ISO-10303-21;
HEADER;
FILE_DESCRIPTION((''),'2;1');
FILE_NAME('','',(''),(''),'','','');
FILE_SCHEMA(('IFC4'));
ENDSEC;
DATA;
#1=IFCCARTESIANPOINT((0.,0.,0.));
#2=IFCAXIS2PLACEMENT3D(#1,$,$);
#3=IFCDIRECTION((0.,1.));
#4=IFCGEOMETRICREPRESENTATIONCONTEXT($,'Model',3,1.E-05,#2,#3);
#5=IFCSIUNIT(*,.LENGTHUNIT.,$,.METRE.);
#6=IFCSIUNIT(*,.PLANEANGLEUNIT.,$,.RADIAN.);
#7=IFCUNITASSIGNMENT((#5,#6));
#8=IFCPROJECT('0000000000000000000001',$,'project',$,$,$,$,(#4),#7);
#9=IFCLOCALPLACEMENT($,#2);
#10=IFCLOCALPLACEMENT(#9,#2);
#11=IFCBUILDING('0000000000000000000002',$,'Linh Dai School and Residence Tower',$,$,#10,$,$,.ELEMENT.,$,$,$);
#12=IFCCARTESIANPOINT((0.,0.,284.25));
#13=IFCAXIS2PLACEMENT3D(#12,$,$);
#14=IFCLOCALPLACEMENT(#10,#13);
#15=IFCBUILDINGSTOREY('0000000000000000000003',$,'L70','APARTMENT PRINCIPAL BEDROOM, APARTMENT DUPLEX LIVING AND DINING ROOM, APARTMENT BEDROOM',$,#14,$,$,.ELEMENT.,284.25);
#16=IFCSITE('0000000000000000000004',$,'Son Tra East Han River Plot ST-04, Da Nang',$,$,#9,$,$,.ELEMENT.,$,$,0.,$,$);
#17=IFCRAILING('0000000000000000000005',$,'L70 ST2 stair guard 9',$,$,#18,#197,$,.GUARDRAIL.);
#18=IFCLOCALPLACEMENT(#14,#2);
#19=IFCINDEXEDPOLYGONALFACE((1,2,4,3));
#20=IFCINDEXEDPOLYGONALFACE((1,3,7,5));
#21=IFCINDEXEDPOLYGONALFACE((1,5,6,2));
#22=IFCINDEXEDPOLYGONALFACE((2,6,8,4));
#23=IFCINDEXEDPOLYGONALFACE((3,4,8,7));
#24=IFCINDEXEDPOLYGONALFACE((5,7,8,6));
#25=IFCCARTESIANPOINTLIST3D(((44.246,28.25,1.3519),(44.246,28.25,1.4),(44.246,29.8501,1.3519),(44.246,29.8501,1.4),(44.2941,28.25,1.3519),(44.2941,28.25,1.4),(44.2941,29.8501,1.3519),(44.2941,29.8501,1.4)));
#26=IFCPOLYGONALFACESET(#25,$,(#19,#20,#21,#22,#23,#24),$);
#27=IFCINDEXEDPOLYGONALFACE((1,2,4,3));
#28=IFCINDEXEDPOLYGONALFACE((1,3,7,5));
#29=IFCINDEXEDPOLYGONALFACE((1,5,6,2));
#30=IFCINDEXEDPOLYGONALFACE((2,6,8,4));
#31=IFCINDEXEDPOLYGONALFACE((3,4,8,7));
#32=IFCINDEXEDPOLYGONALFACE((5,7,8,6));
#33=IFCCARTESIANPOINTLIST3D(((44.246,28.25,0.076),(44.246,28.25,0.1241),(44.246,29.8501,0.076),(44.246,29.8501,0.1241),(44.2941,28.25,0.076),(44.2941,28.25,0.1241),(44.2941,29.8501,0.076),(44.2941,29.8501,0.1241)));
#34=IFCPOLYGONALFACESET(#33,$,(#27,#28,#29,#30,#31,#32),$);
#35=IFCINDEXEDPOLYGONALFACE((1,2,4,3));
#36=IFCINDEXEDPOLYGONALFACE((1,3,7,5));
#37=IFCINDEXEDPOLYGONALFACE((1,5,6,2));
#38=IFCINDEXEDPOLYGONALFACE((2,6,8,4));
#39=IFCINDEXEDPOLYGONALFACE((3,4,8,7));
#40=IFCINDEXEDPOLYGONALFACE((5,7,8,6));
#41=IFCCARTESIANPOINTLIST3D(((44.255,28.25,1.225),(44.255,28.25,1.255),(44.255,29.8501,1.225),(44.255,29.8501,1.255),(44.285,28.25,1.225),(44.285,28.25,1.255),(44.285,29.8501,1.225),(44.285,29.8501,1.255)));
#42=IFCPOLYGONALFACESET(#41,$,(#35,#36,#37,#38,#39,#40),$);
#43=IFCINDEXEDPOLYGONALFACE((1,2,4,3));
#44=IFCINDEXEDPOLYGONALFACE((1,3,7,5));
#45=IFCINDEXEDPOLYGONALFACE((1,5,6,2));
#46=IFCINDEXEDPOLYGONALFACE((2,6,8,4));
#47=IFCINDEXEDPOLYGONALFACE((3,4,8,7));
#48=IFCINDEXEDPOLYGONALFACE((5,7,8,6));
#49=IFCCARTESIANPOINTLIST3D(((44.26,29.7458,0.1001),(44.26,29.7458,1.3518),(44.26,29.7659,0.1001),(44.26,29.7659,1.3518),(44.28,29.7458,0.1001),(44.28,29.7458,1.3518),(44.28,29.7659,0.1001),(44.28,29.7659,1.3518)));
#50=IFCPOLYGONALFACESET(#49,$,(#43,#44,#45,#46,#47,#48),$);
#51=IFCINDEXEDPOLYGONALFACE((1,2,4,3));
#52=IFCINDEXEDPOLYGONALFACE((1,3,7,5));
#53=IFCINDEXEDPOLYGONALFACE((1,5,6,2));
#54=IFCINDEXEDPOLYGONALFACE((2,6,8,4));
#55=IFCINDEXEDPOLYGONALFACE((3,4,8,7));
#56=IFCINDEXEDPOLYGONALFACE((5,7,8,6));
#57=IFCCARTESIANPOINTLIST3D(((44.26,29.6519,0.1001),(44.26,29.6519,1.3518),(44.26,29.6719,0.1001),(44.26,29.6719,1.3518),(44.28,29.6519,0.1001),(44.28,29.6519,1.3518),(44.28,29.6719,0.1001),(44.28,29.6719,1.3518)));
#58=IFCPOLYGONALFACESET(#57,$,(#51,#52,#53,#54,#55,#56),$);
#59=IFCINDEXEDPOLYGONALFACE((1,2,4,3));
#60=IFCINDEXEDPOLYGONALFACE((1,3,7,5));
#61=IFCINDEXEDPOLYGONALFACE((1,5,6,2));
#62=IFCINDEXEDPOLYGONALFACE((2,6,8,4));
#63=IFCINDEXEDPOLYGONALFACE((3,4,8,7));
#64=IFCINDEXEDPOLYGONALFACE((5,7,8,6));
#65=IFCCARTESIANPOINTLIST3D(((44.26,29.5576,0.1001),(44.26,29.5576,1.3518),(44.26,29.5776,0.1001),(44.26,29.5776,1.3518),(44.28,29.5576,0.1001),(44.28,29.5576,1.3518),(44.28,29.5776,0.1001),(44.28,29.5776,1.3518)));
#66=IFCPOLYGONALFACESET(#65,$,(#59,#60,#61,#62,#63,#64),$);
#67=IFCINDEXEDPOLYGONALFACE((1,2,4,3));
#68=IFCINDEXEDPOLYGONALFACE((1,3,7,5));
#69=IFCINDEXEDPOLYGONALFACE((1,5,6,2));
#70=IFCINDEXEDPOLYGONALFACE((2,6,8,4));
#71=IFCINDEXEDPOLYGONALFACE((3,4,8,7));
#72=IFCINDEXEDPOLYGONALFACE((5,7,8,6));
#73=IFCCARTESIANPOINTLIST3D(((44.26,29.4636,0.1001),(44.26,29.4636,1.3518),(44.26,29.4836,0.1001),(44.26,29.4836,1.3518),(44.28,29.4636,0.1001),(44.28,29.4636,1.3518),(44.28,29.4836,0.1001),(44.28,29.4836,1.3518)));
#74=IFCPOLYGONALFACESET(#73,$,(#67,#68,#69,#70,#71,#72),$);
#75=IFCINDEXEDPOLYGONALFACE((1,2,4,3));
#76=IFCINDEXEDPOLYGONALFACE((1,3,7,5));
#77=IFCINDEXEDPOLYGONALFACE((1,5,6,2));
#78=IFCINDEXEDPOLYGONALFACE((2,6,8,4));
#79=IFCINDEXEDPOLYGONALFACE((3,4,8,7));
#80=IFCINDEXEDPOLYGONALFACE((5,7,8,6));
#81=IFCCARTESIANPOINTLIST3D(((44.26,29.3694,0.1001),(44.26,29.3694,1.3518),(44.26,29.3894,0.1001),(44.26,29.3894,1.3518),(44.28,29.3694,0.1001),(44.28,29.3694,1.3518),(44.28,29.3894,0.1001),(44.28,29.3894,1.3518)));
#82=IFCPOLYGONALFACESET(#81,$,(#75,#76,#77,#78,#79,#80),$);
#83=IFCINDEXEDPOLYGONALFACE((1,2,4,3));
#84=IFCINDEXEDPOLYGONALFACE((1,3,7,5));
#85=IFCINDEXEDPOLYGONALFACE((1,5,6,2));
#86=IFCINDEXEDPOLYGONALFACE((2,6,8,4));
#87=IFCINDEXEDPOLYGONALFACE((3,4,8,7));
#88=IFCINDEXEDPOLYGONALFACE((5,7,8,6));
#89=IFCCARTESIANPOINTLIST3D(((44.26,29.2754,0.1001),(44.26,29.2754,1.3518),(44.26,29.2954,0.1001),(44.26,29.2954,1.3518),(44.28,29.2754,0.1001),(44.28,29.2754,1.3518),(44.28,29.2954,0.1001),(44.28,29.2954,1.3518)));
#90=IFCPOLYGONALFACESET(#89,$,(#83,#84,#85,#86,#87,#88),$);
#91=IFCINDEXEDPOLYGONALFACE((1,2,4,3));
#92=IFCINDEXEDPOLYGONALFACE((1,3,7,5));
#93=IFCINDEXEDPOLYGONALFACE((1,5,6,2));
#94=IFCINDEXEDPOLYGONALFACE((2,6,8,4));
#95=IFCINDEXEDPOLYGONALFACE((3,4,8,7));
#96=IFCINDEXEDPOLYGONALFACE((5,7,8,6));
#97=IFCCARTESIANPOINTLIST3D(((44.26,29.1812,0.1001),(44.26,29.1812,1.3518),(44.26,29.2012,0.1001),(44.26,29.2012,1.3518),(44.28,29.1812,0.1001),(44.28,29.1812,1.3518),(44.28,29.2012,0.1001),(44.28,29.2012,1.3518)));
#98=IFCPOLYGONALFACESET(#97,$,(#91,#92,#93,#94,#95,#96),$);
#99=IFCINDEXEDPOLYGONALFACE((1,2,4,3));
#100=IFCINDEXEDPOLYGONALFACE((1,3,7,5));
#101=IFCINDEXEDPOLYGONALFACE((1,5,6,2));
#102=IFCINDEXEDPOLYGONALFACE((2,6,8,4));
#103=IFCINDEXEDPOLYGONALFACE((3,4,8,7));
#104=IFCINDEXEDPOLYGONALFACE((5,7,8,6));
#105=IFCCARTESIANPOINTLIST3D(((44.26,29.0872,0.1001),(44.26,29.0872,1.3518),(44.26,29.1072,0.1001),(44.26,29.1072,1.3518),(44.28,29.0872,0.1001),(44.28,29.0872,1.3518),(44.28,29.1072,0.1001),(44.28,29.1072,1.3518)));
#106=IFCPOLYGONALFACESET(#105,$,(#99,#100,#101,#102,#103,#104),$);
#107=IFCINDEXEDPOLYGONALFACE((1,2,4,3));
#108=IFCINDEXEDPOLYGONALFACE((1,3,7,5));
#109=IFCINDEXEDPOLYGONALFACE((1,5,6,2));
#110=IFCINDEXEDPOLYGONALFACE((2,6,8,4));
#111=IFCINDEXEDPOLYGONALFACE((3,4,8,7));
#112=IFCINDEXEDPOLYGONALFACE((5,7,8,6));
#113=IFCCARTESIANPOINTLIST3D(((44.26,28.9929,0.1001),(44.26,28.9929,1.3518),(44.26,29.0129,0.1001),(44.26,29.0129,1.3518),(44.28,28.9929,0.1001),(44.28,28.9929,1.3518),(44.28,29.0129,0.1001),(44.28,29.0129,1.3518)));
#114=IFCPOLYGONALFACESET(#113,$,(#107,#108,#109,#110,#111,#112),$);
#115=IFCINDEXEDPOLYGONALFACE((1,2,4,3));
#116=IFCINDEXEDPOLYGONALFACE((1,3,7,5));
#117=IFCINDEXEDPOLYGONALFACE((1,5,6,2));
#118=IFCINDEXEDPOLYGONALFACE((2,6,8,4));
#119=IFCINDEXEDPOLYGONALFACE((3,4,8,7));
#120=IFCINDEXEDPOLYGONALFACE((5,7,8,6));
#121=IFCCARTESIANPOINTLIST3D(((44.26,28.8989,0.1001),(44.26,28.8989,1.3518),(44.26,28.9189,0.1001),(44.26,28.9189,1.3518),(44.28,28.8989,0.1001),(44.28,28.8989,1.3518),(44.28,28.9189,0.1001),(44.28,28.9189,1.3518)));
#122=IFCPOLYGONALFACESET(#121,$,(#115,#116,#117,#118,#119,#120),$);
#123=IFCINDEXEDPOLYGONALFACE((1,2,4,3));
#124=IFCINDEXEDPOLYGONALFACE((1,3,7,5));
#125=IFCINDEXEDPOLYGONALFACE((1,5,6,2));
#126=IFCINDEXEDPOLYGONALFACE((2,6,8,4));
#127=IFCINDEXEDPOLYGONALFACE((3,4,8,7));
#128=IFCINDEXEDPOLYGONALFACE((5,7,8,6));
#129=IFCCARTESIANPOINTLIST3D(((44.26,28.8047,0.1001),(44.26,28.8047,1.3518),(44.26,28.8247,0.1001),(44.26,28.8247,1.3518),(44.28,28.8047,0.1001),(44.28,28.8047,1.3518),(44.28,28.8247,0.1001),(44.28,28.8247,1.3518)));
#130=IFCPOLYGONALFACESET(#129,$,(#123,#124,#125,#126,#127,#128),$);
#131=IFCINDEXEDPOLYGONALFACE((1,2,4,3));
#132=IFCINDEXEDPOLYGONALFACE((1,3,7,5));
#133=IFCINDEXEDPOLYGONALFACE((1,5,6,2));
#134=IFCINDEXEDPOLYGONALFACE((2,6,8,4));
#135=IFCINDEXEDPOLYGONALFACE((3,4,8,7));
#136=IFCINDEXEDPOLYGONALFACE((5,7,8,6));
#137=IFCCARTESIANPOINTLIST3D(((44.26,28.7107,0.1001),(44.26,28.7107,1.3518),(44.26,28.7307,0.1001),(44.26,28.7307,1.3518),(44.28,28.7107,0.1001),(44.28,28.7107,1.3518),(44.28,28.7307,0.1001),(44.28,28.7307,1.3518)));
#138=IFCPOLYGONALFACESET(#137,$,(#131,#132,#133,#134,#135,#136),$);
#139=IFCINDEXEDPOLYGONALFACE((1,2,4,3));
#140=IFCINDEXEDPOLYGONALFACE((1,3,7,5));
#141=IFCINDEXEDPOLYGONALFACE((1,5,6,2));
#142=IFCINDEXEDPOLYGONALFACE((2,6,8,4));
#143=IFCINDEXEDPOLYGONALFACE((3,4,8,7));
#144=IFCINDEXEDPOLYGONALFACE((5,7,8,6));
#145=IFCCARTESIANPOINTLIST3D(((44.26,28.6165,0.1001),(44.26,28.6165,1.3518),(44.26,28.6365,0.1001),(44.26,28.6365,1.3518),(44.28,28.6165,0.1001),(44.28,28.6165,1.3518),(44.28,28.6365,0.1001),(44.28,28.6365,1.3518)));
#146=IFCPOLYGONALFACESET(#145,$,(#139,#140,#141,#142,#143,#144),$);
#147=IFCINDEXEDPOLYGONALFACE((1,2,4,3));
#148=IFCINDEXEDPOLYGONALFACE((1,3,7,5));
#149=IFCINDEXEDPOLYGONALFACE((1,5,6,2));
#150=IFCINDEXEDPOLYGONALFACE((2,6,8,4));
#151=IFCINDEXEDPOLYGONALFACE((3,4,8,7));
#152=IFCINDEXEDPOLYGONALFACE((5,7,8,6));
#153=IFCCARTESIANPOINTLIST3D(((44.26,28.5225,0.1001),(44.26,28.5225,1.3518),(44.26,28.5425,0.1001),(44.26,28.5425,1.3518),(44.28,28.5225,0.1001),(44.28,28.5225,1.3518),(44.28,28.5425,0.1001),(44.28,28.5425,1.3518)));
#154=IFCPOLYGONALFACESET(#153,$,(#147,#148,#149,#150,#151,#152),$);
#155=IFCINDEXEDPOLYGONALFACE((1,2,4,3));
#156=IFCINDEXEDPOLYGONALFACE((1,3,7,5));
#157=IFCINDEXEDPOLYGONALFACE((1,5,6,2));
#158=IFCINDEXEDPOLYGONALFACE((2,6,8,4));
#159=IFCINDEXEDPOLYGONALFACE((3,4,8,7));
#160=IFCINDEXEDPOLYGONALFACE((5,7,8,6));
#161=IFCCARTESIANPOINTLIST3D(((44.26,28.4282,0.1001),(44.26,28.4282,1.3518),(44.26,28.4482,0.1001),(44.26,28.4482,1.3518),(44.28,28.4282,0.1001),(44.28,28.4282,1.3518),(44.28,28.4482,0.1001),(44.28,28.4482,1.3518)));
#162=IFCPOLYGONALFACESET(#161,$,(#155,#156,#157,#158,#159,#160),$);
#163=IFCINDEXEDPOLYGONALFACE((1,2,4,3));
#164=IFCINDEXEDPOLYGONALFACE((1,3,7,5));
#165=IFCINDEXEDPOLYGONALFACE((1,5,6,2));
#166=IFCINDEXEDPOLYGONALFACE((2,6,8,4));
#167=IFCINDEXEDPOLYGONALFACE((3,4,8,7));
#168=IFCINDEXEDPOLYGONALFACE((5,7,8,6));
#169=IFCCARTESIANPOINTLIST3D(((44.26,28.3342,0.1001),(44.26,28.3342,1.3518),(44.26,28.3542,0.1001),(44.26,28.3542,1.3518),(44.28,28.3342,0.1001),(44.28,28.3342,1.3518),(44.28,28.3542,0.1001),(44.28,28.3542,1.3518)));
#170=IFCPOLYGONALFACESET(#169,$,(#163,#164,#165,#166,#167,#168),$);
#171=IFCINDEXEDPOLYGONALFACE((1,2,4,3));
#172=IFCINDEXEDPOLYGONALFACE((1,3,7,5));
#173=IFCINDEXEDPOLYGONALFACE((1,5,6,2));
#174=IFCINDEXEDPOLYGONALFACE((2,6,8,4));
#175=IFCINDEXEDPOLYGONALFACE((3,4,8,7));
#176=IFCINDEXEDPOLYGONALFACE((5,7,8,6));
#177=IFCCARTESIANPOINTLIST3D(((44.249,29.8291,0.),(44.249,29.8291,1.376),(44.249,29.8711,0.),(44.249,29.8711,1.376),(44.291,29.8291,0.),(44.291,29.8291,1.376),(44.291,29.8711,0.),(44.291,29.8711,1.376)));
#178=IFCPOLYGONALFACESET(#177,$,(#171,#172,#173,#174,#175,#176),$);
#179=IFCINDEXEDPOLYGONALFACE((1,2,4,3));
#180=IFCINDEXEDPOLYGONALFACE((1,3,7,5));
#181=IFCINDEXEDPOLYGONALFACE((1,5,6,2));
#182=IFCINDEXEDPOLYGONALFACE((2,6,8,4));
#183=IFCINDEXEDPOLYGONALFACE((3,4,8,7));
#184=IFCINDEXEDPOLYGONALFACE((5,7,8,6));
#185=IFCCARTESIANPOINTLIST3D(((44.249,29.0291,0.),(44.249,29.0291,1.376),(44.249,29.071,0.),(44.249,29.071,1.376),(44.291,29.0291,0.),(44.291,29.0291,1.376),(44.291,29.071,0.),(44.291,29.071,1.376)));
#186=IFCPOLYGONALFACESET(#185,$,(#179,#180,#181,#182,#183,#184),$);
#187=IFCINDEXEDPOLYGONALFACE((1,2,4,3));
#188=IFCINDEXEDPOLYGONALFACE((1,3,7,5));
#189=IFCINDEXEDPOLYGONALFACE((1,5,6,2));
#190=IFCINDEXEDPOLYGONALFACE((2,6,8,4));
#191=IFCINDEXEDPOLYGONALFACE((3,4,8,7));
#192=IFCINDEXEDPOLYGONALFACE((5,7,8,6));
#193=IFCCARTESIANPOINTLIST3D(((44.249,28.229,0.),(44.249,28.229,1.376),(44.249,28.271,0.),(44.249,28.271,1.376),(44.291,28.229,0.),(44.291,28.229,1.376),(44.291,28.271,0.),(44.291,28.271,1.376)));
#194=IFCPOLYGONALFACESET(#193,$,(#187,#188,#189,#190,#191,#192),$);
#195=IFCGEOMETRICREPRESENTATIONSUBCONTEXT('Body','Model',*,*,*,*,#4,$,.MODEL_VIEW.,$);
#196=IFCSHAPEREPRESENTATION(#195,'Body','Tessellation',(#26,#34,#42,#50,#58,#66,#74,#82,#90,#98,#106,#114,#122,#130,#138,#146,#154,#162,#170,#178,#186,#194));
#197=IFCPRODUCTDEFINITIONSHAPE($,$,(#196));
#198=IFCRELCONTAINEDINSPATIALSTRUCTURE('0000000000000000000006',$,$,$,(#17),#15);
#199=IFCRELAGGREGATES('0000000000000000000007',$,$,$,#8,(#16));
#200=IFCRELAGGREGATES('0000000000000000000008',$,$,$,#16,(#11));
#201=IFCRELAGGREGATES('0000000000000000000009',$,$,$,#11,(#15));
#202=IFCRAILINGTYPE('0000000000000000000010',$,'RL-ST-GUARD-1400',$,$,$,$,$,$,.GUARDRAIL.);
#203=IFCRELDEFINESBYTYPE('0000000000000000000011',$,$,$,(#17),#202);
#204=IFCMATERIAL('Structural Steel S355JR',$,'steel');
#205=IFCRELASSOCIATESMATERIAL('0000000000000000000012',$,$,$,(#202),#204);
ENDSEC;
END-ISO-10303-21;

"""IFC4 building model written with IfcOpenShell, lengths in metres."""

from ifc_helpers import new_model, si_unit, direction, frame, origin, origin_2d, place, context, subcontext, project, spatial, rectangle, extrude, source, transform, mapped, material, type_object, element, save


model = new_model("IFC4")

# Units and contexts
model_context = context("Model", 3, precision=1e-05, world=origin(), true_north=direction((0.0, 1.0)))
body_context = subcontext(model_context, "Body", "Model", "MODEL_VIEW")
ifc_project = project(units=[si_unit("LENGTHUNIT", "METRE"), si_unit("PLANEANGLEUNIT", "RADIAN")], contexts=[model_context])

# Site, building, storey
site_placement = place(None, origin())
site = spatial("IfcSite", under=ifc_project, at=site_placement, Name="Son Tra East Han River Plot ST-04, Da Nang", CompositionType="ELEMENT", RefElevation=0.0)
building_placement = place(site_placement, origin())
building = spatial("IfcBuilding", under=site, at=building_placement, Name="Linh Dai School and Residence Tower", CompositionType="ELEMENT")
storey_placement = place(building_placement, frame((0.0, 0.0, 284.25)))
storey = spatial("IfcBuildingStorey", under=building, at=storey_placement, Name="L70", Description="APARTMENT PRINCIPAL BEDROOM, APARTMENT DUPLEX LIVING AND DINING ROOM, APARTMENT BEDROOM", CompositionType="ELEMENT", Elevation=284.25)

# Shared definitions
ifc_material_1 = material(Name="Structural Steel S355JR", Category="steel")

# Railing
railing_type_1 = type_object("IfcRailingType", Name="RL-ST-GUARD-1400", PredefinedType="GUARDRAIL", material=ifc_material_1)
shared_shape_1 = source(origin(), body_context, "Body", "SweptSolid", [
    extrude(rectangle(XDim=0.0481, YDim=0.0481, at=origin_2d()), frame((0.0, 0.0, 1.376), z_axis=(0.0, -1.0, 0.0), x_axis=(1.0, 0.0, 0.0)), (0.0, 0.0, 1.0), 1.6001),
    extrude(rectangle(XDim=0.0481, YDim=0.0481, at=origin_2d()), frame((0.0, 0.0, 0.1001), z_axis=(0.0, -1.0, 0.0), x_axis=(1.0, 0.0, 0.0)), (0.0, 0.0, 1.0), 1.6001),
    extrude(rectangle(XDim=0.03, YDim=0.03, at=origin_2d()), frame((0.0, 0.0, 1.24), z_axis=(0.0, -1.0, 0.0), x_axis=(1.0, 0.0, 0.0)), (0.0, 0.0, 1.0), 1.6001),
    extrude(rectangle(XDim=0.02, YDim=0.02, at=origin_2d()), frame((0.0, -0.0942, 0.1001)), (0.0, 0.0, 1.0), 1.2517),
    extrude(rectangle(XDim=0.02, YDim=0.02, at=origin_2d()), frame((0.0, -0.1882, 0.1001)), (0.0, 0.0, 1.0), 1.2517),
    extrude(rectangle(XDim=0.02, YDim=0.02, at=origin_2d()), frame((0.0, -0.2825, 0.1001)), (0.0, 0.0, 1.0), 1.2517),
    extrude(rectangle(XDim=0.02, YDim=0.02, at=origin_2d()), frame((0.0, -0.3765, 0.1001)), (0.0, 0.0, 1.0), 1.2517),
    extrude(rectangle(XDim=0.02, YDim=0.02, at=origin_2d()), frame((0.0, -0.4707, 0.1001)), (0.0, 0.0, 1.0), 1.2517),
    extrude(rectangle(XDim=0.02, YDim=0.02, at=origin_2d()), frame((0.0, -0.5647, 0.1001)), (0.0, 0.0, 1.0), 1.2517),
    extrude(rectangle(XDim=0.02, YDim=0.02, at=origin_2d()), frame((0.0, -0.6589, 0.1001)), (0.0, 0.0, 1.0), 1.2517),
    extrude(rectangle(XDim=0.02, YDim=0.02, at=origin_2d()), frame((0.0, -0.7529, 0.1001)), (0.0, 0.0, 1.0), 1.2517),
    extrude(rectangle(XDim=0.02, YDim=0.02, at=origin_2d()), frame((0.0, -0.8472, 0.1001)), (0.0, 0.0, 1.0), 1.2517),
    extrude(rectangle(XDim=0.02, YDim=0.02, at=origin_2d()), frame((0.0, -0.9412, 0.1001)), (0.0, 0.0, 1.0), 1.2517),
    extrude(rectangle(XDim=0.02, YDim=0.02, at=origin_2d()), frame((0.0, -1.0354, 0.1001)), (0.0, 0.0, 1.0), 1.2517),
    extrude(rectangle(XDim=0.02, YDim=0.02, at=origin_2d()), frame((0.0, -1.1294, 0.1001)), (0.0, 0.0, 1.0), 1.2517),
    extrude(rectangle(XDim=0.02, YDim=0.02, at=origin_2d()), frame((0.0, -1.2236, 0.1001)), (0.0, 0.0, 1.0), 1.2517),
    extrude(rectangle(XDim=0.02, YDim=0.02, at=origin_2d()), frame((0.0, -1.3176, 0.1001)), (0.0, 0.0, 1.0), 1.2517),
    extrude(rectangle(XDim=0.02, YDim=0.02, at=origin_2d()), frame((0.0, -1.4119, 0.1001)), (0.0, 0.0, 1.0), 1.2517),
    extrude(rectangle(XDim=0.02, YDim=0.02, at=origin_2d()), frame((0.0, -1.5059, 0.1001)), (0.0, 0.0, 1.0), 1.2517),
    extrude(rectangle(XDim=0.042, YDim=0.042, at=origin_2d()), origin(), (0.0, 0.0, 1.0), 1.376),
    extrude(rectangle(XDim=0.042, YDim=0.042, at=origin_2d()), frame((0.0, -0.8, 0.0)), (0.0, 0.0, 1.0), 1.376),
    extrude(rectangle(XDim=0.042, YDim=0.042, at=origin_2d()), frame((0.0, -1.6001, 0.0)), (0.0, 0.0, 1.0), 1.376),
])
for number, where, name in (
    (1, (44.27, 29.8501, 0.0), "L70 ST2 stair guard 9"),
):
    element("IfcRailing", number, at=place(storey_placement, frame(where)), inside=storey, type_object=railing_type_1, Name=name, PredefinedType="GUARDRAIL", context=body_context, shape_type="MappedRepresentation", body=[
        mapped(shared_shape_1, transform((0.0, 0.0, 0.0), x_axis=(1.0, 0.0, 0.0), y_axis=(0.0, 1.0, 0.0), z_axis=(0.0, 0.0, 1.0), scale=1.0)),
    ])

save(model, "model.ifc")
